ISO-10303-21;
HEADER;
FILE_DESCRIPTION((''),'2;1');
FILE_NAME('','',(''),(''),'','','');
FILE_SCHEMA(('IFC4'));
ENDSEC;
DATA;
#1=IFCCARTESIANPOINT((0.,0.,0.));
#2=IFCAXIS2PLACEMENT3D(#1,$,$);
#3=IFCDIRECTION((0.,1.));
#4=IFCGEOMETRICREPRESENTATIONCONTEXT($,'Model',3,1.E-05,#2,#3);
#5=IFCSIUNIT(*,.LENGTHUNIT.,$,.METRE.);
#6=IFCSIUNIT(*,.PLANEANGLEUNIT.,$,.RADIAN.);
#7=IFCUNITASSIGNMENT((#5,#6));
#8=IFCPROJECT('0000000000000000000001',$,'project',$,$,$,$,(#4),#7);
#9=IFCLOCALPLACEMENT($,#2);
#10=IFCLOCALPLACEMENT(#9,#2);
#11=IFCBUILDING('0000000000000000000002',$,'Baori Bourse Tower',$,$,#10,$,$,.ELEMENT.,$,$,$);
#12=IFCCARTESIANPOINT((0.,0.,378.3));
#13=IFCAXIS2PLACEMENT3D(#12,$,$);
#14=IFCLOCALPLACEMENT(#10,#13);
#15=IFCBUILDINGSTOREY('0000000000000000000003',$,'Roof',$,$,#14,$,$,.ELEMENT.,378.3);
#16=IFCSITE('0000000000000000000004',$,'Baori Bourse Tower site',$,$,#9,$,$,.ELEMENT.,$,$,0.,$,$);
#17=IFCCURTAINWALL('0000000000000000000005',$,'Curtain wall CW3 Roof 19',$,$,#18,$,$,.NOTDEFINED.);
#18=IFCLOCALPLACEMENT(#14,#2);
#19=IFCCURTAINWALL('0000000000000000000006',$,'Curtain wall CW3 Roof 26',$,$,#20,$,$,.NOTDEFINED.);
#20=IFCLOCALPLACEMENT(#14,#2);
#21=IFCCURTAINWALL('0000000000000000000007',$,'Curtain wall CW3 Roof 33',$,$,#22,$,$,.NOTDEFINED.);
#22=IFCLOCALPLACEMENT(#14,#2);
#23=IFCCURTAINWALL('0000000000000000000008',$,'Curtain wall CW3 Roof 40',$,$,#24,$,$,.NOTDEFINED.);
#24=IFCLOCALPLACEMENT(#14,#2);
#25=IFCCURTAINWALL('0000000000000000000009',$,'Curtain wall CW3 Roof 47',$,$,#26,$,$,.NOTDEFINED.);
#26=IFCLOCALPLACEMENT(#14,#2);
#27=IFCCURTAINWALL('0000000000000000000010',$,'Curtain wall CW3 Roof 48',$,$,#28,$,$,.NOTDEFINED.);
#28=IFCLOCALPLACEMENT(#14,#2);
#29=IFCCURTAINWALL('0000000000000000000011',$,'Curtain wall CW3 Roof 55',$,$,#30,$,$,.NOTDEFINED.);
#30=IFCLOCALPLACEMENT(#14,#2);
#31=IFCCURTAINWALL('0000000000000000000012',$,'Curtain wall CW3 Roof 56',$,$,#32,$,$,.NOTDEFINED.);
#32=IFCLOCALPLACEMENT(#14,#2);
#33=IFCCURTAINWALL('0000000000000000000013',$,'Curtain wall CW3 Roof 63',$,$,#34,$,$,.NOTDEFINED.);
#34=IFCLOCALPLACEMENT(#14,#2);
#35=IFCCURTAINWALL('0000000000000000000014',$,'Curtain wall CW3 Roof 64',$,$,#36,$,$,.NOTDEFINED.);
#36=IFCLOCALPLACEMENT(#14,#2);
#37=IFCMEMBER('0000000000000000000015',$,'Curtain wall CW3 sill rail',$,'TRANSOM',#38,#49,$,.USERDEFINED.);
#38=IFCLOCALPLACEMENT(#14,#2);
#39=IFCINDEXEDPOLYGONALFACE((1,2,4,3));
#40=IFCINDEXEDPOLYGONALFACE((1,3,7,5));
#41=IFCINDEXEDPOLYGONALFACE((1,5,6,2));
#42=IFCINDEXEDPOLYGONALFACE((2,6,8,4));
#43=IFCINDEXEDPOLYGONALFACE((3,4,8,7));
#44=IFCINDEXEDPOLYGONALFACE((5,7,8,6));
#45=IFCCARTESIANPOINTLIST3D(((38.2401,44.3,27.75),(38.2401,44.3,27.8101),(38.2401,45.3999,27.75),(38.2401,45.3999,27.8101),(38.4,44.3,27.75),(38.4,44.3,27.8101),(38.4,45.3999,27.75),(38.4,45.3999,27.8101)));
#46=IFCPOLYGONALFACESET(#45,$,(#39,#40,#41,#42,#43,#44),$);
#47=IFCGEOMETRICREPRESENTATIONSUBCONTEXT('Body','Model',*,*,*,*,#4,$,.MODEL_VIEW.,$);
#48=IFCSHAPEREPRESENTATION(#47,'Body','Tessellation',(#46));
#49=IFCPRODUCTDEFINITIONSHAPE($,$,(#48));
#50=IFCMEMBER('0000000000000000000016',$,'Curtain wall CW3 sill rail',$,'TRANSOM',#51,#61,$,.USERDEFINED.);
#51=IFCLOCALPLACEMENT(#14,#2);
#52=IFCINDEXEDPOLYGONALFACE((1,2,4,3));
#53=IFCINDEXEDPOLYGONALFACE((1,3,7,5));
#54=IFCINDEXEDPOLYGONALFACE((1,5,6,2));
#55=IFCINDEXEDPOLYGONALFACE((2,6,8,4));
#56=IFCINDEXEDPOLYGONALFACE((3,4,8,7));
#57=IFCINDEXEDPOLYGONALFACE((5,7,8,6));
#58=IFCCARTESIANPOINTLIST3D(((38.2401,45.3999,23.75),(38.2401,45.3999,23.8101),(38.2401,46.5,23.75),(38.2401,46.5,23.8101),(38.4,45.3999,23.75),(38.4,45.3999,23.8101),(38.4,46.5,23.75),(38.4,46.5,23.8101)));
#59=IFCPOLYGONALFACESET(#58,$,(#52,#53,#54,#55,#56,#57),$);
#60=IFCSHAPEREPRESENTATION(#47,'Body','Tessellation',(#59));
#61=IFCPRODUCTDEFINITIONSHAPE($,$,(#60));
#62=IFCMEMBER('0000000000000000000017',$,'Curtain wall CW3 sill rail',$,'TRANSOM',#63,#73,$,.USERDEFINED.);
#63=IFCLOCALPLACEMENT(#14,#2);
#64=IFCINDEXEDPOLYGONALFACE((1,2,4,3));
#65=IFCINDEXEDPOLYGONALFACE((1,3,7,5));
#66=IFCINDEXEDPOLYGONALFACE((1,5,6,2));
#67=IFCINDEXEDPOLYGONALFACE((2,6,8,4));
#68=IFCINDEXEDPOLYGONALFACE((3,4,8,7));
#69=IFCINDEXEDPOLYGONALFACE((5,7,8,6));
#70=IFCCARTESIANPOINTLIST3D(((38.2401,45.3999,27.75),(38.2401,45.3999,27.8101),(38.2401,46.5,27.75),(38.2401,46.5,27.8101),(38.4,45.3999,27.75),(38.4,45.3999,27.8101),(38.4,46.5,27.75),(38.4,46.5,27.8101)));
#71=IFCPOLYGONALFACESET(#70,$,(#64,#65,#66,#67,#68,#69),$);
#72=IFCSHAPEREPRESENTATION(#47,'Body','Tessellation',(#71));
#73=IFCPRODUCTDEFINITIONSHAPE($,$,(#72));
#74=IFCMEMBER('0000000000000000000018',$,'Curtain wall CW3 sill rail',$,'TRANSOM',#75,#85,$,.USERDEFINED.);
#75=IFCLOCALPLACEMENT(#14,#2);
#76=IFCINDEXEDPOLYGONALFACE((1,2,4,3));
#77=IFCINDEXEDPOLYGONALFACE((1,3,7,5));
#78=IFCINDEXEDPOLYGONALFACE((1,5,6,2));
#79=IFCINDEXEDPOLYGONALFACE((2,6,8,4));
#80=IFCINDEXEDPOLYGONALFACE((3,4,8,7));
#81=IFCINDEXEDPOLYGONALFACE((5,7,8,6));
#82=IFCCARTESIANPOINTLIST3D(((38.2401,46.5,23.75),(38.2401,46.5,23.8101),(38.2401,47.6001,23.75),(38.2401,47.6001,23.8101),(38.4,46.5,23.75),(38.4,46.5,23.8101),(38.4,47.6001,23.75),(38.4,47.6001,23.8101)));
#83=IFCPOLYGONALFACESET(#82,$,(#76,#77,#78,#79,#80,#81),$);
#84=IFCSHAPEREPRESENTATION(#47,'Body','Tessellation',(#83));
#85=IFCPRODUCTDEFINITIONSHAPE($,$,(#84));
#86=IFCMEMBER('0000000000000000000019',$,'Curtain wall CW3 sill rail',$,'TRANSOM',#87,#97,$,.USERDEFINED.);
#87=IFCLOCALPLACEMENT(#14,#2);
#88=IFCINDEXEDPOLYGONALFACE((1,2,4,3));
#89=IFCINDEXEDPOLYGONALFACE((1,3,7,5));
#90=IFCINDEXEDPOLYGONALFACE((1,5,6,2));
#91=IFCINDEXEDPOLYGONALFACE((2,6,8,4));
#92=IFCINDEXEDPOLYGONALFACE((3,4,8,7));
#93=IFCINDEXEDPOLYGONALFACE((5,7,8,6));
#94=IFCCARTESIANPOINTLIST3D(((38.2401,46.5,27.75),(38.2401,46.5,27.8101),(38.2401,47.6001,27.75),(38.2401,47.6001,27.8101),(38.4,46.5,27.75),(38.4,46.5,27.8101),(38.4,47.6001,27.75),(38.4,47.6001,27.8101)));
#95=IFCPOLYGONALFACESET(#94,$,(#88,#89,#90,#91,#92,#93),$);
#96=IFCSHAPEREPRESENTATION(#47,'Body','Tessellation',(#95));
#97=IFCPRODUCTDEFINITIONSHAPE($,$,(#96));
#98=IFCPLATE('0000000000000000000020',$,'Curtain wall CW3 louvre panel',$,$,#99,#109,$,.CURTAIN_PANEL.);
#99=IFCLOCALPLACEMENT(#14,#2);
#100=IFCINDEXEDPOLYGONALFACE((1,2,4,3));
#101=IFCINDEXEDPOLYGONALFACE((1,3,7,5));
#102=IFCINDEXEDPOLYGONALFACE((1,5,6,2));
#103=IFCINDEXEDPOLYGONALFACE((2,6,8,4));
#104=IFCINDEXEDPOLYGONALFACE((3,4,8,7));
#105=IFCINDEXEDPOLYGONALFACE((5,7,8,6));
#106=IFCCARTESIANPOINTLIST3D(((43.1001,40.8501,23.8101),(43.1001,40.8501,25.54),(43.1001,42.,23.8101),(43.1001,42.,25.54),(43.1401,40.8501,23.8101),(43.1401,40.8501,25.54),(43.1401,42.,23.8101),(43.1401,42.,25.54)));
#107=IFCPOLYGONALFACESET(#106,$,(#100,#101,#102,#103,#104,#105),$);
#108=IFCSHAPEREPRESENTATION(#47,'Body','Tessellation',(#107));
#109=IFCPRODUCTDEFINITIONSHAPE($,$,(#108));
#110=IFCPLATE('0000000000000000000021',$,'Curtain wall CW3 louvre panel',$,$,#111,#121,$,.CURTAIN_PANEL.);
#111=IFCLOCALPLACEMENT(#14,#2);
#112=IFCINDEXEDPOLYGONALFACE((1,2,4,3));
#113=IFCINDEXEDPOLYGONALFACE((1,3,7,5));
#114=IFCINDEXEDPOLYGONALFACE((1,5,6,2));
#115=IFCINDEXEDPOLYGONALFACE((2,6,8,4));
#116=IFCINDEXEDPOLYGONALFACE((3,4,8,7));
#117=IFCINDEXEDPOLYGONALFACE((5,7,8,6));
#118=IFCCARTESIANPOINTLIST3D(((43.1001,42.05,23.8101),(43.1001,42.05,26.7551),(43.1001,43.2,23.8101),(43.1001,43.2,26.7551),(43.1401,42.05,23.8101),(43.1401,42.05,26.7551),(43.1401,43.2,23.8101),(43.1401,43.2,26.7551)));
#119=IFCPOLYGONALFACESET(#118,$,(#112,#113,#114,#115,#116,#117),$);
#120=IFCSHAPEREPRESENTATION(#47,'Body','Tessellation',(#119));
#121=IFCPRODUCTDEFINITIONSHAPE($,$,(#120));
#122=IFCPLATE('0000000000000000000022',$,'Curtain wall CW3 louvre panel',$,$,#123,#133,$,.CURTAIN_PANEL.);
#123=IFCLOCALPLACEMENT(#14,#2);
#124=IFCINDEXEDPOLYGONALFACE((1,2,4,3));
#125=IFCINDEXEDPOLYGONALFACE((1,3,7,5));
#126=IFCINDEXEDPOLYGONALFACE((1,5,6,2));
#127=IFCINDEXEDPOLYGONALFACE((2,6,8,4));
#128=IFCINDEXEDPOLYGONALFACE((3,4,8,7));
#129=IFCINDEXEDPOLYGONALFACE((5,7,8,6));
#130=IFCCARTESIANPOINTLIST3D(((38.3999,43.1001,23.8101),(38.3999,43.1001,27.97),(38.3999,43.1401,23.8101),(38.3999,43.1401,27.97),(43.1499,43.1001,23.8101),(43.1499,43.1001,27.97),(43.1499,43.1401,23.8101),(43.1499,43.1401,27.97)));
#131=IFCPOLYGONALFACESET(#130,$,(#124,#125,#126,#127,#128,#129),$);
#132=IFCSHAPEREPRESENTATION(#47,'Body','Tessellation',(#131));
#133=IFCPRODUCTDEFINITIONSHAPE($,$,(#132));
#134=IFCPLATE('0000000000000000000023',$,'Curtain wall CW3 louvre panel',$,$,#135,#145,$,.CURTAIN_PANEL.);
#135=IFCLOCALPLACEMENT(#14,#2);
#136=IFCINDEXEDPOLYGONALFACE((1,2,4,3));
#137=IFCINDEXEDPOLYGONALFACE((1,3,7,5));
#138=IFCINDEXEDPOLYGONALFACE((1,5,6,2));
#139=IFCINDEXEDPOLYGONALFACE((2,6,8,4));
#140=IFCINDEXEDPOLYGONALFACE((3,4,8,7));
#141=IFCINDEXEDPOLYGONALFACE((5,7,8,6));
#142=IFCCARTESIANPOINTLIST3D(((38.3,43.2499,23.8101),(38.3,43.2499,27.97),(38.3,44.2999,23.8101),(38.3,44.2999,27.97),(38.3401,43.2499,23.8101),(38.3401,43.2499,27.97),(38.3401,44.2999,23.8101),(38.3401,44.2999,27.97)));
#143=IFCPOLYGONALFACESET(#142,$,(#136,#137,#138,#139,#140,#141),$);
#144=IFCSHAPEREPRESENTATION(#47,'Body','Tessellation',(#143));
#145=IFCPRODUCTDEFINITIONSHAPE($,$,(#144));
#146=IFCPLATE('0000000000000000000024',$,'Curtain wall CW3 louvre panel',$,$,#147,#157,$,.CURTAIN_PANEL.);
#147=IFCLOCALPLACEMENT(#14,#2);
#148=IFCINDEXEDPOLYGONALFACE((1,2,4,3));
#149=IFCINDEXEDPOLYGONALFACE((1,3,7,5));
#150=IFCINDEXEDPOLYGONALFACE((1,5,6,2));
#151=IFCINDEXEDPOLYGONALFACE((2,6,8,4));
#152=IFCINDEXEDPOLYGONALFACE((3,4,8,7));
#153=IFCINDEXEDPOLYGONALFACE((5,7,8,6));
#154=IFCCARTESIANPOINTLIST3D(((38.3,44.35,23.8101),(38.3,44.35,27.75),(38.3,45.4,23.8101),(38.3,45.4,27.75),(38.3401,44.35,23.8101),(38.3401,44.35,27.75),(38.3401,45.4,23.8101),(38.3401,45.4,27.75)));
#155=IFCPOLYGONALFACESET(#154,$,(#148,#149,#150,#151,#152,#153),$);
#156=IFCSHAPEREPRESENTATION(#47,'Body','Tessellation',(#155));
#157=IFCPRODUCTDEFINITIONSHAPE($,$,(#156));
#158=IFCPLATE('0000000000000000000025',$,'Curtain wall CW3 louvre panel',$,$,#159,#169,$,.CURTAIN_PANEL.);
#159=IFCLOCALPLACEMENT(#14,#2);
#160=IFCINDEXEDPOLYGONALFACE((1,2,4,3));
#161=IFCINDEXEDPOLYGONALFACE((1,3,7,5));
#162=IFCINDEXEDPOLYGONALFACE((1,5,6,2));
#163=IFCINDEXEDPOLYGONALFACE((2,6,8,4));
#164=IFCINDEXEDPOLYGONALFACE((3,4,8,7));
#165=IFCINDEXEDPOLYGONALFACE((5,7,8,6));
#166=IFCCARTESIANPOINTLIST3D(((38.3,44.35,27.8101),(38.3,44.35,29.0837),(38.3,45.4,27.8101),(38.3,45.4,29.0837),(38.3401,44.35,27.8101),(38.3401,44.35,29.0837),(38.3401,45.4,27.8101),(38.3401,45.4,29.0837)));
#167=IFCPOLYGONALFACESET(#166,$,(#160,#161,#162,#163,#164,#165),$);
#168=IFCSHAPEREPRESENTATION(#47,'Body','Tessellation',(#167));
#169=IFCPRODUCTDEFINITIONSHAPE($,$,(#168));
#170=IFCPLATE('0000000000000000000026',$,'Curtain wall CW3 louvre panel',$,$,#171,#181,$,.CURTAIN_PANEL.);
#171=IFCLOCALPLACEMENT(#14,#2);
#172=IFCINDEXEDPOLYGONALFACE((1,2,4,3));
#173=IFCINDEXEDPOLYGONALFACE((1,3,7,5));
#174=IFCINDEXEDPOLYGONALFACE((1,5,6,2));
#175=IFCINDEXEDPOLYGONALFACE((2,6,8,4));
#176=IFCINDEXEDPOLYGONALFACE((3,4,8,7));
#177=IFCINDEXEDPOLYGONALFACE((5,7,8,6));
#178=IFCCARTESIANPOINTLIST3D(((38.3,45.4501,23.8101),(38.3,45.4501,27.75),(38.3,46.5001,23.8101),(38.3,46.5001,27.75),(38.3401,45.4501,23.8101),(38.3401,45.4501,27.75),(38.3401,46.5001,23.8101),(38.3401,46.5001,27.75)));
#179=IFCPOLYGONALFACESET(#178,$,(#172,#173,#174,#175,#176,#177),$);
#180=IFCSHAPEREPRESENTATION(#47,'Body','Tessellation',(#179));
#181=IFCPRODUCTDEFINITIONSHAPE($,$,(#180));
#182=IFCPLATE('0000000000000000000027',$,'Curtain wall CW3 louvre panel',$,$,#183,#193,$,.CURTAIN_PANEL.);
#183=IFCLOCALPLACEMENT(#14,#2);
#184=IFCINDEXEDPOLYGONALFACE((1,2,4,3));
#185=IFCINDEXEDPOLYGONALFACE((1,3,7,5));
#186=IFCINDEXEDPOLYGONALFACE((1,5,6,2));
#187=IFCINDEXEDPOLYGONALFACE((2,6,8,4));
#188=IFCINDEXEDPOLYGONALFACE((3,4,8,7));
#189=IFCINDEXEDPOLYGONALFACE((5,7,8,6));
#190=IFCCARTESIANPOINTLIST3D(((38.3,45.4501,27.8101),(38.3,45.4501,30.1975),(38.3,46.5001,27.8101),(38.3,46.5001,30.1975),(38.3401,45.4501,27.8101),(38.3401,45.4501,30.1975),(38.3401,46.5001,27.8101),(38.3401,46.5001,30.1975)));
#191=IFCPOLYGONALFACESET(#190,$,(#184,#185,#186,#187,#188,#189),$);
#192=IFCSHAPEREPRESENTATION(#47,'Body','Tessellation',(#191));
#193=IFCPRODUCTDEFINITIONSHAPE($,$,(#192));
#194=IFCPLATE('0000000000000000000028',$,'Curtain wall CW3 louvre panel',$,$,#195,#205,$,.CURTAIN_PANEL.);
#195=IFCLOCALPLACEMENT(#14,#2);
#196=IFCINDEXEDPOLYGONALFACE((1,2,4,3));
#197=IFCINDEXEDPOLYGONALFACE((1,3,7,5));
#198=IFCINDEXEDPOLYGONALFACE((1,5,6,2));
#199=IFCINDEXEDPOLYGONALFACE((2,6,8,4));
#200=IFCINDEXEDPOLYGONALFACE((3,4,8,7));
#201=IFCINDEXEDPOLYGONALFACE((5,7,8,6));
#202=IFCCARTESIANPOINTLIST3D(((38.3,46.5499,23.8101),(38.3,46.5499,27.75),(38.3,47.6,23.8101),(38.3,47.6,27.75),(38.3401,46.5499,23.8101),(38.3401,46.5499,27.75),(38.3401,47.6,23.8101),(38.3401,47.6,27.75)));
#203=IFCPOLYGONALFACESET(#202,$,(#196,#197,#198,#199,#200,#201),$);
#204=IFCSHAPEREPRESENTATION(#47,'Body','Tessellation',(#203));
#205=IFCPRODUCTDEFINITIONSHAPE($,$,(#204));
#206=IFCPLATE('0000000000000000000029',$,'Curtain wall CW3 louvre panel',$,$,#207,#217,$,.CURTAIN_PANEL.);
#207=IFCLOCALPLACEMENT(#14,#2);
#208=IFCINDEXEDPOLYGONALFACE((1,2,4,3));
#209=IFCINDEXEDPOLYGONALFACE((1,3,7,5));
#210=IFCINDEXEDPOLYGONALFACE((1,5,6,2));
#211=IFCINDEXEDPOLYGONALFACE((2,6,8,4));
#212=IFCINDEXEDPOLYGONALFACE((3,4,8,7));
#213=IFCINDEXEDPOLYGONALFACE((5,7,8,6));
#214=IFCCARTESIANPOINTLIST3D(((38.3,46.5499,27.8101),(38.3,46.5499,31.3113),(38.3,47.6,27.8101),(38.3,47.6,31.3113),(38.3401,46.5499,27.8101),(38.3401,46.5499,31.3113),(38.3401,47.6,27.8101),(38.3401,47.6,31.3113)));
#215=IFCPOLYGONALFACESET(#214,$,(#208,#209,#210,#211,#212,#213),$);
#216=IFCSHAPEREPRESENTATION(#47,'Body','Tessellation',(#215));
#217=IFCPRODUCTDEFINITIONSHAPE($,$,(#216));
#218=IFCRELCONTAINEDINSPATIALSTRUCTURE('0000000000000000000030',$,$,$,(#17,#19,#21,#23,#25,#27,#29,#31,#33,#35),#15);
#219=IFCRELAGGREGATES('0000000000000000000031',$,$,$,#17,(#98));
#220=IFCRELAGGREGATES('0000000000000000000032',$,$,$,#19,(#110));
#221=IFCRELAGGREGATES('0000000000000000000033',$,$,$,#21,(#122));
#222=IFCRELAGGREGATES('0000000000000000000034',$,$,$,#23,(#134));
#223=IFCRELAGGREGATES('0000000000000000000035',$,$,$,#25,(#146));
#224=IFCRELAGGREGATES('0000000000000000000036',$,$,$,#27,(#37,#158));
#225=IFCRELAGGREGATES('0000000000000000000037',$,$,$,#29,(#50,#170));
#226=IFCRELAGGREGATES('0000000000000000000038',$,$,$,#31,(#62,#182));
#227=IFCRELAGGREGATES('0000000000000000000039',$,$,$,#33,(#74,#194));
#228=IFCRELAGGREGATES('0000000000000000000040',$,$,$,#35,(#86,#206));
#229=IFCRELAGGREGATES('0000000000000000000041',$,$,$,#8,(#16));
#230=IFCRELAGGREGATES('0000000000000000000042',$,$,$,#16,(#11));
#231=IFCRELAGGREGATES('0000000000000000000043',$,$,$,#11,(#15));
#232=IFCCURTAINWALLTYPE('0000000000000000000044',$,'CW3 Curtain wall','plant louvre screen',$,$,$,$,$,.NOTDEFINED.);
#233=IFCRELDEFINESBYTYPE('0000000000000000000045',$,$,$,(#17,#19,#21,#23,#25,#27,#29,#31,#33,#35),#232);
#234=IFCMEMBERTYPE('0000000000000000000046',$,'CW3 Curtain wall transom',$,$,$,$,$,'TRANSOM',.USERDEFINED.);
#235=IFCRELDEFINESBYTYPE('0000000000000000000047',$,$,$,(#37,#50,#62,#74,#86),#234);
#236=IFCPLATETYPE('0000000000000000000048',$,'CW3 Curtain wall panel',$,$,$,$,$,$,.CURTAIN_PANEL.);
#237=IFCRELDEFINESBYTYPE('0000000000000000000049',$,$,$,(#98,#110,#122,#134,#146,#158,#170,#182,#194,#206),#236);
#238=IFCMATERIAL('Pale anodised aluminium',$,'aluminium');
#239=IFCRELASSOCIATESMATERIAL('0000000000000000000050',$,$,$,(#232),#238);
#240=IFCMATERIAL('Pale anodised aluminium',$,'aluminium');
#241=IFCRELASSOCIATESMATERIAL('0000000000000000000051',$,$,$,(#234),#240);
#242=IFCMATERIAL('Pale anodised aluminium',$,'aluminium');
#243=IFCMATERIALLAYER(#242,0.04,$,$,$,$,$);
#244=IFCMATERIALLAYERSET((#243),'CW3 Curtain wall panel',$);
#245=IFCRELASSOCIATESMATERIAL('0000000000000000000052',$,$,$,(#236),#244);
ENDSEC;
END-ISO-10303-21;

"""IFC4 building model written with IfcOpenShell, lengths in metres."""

from ifc_helpers import new_model, si_unit, direction, frame, origin, origin_2d, place, context, subcontext, project, spatial, rectangle, extrude, material, layer, layer_set, material_profile, profile_set, type_object, element, aggregate, save


model = new_model("IFC4")

# Units and contexts
model_context = context("Model", 3, precision=1e-05, world=origin(), true_north=direction((0.0, 1.0)))
body_context = subcontext(model_context, "Body", "Model", "MODEL_VIEW")
ifc_project = project(units=[si_unit("LENGTHUNIT", "METRE"), si_unit("PLANEANGLEUNIT", "RADIAN")], contexts=[model_context])

# Site, building, storey
site_placement = place(None, origin())
site = spatial("IfcSite", under=ifc_project, at=site_placement, Name="Baori Bourse Tower site", CompositionType="ELEMENT", RefElevation=0.0)
building_placement = place(site_placement, origin())
building = spatial("IfcBuilding", under=site, at=building_placement, Name="Baori Bourse Tower", CompositionType="ELEMENT")
storey_placement = place(building_placement, frame((0.0, 0.0, 378.3)))
storey = spatial("IfcBuildingStorey", under=building, at=storey_placement, Name="Roof", CompositionType="ELEMENT", Elevation=378.3)

# Curtain walls
ifc_material_1 = material(Name="Pale anodised aluminium", Category="aluminium")
curtain_wall_type = type_object("IfcCurtainWallType", Name="CW3 Curtain wall", Description="plant louvre screen", PredefinedType="NOTDEFINED", material=ifc_material_1)
curtain_wall_1_placement = place(storey_placement, origin())
curtain_wall_1 = element("IfcCurtainWall", 1, at=curtain_wall_1_placement, inside=storey, type_object=curtain_wall_type, Name="Curtain wall CW3 Roof 19", PredefinedType="NOTDEFINED")
curtain_wall_2_placement = place(storey_placement, origin())
curtain_wall_2 = element("IfcCurtainWall", 2, at=curtain_wall_2_placement, inside=storey, type_object=curtain_wall_type, Name="Curtain wall CW3 Roof 26", PredefinedType="NOTDEFINED")
curtain_wall_3_placement = place(storey_placement, origin())
curtain_wall_3 = element("IfcCurtainWall", 3, at=curtain_wall_3_placement, inside=storey, type_object=curtain_wall_type, Name="Curtain wall CW3 Roof 33", PredefinedType="NOTDEFINED")
curtain_wall_4_placement = place(storey_placement, origin())
curtain_wall_4 = element("IfcCurtainWall", 4, at=curtain_wall_4_placement, inside=storey, type_object=curtain_wall_type, Name="Curtain wall CW3 Roof 40", PredefinedType="NOTDEFINED")
curtain_wall_5_placement = place(storey_placement, origin())
curtain_wall_5 = element("IfcCurtainWall", 5, at=curtain_wall_5_placement, inside=storey, type_object=curtain_wall_type, Name="Curtain wall CW3 Roof 47", PredefinedType="NOTDEFINED")
curtain_wall_6_placement = place(storey_placement, origin())
curtain_wall_6 = element("IfcCurtainWall", 6, at=curtain_wall_6_placement, inside=storey, type_object=curtain_wall_type, Name="Curtain wall CW3 Roof 48", PredefinedType="NOTDEFINED")
curtain_wall_7_placement = place(storey_placement, origin())
curtain_wall_7 = element("IfcCurtainWall", 7, at=curtain_wall_7_placement, inside=storey, type_object=curtain_wall_type, Name="Curtain wall CW3 Roof 55", PredefinedType="NOTDEFINED")
curtain_wall_8_placement = place(storey_placement, origin())
curtain_wall_8 = element("IfcCurtainWall", 8, at=curtain_wall_8_placement, inside=storey, type_object=curtain_wall_type, Name="Curtain wall CW3 Roof 56", PredefinedType="NOTDEFINED")
curtain_wall_9_placement = place(storey_placement, origin())
curtain_wall_9 = element("IfcCurtainWall", 9, at=curtain_wall_9_placement, inside=storey, type_object=curtain_wall_type, Name="Curtain wall CW3 Roof 63", PredefinedType="NOTDEFINED")
curtain_wall_10_placement = place(storey_placement, origin())
curtain_wall_10 = element("IfcCurtainWall", 10, at=curtain_wall_10_placement, inside=storey, type_object=curtain_wall_type, Name="Curtain wall CW3 Roof 64", PredefinedType="NOTDEFINED")

# Members
ifc_material_2 = material(Name="Pale anodised aluminium", Category="aluminium")
ifc_material_profile_1 = material_profile(ifc_material_2, rectangle(XDim=0.1599, YDim=0.0601, at=origin_2d()), Name="Transom 60x160")
ifc_profile_set_1 = profile_set([ifc_material_profile_1], Name="Pale anodised aluminium")
member_type_1 = type_object("IfcMemberType", Name="CW3 Curtain wall transom", ElementType="TRANSOM", PredefinedType="USERDEFINED", material=ifc_profile_set_1)
member_1_placement = place(storey_placement, frame((38.3201, 44.3, 27.78), z_axis=(0.0, 1.0, 0.0), x_axis=(-1.0, 0.0, 0.0)))
member_1 = element("IfcMember", 11, at=member_1_placement, type_object=member_type_1, Name="Curtain wall CW3 sill rail", ObjectType="TRANSOM", PredefinedType="USERDEFINED", context=body_context, shape_type="SweptSolid", body=[
    extrude(rectangle(XDim=0.1599, YDim=0.0601, at=origin_2d()), origin(), (0.0, 0.0, 1.0), 1.0999),
])
member_2_placement = place(storey_placement, frame((38.3201, 45.3999, 23.78), z_axis=(0.0, 1.0, 0.0), x_axis=(-1.0, 0.0, 0.0)))
member_2 = element("IfcMember", 12, at=member_2_placement, type_object=member_type_1, Name="Curtain wall CW3 sill rail", ObjectType="TRANSOM", PredefinedType="USERDEFINED", context=body_context, shape_type="SweptSolid", body=[
    extrude(rectangle(XDim=0.1599, YDim=0.0601, at=origin_2d()), origin(), (0.0, 0.0, 1.0), 1.1001),
])
member_3_placement = place(storey_placement, frame((38.3201, 45.3999, 27.78), z_axis=(0.0, 1.0, 0.0), x_axis=(-1.0, 0.0, 0.0)))
member_3 = element("IfcMember", 13, at=member_3_placement, type_object=member_type_1, Name="Curtain wall CW3 sill rail", ObjectType="TRANSOM", PredefinedType="USERDEFINED", context=body_context, shape_type="SweptSolid", body=[
    extrude(rectangle(XDim=0.1599, YDim=0.0601, at=origin_2d()), origin(), (0.0, 0.0, 1.0), 1.1001),
])
member_4_placement = place(storey_placement, frame((38.3201, 46.5, 23.78), z_axis=(0.0, 1.0, 0.0), x_axis=(-1.0, 0.0, 0.0)))
member_4 = element("IfcMember", 14, at=member_4_placement, type_object=member_type_1, Name="Curtain wall CW3 sill rail", ObjectType="TRANSOM", PredefinedType="USERDEFINED", context=body_context, shape_type="SweptSolid", body=[
    extrude(rectangle(XDim=0.1599, YDim=0.0601, at=origin_2d()), origin(), (0.0, 0.0, 1.0), 1.1001),
])
member_5_placement = place(storey_placement, frame((38.3201, 46.5, 27.78), z_axis=(0.0, 1.0, 0.0), x_axis=(-1.0, 0.0, 0.0)))
member_5 = element("IfcMember", 15, at=member_5_placement, type_object=member_type_1, Name="Curtain wall CW3 sill rail", ObjectType="TRANSOM", PredefinedType="USERDEFINED", context=body_context, shape_type="SweptSolid", body=[
    extrude(rectangle(XDim=0.1599, YDim=0.0601, at=origin_2d()), origin(), (0.0, 0.0, 1.0), 1.1001),
])

# Plates
ifc_material_3 = material(Name="Pale anodised aluminium", Category="aluminium")
ifc_layer_1 = layer(ifc_material_3, 0.04)
ifc_layer_set_1 = layer_set([ifc_layer_1], Name="CW3 Curtain wall panel")
plate_type = type_object("IfcPlateType", Name="CW3 Curtain wall panel", PredefinedType="CURTAIN_PANEL", material=ifc_layer_set_1)
plate_1_placement = place(storey_placement, frame((43.1201, 41.425, 23.8101), z_axis=(0.0, 0.0, 1.0), x_axis=(0.0, 1.0, 0.0)))
plate_1 = element("IfcPlate", 16, at=plate_1_placement, type_object=plate_type, Name="Curtain wall CW3 louvre panel", PredefinedType="CURTAIN_PANEL", context=body_context, shape_type="SweptSolid", body=[
    extrude(rectangle(XDim=1.1499, YDim=0.04, at=origin_2d()), origin(), (0.0, 0.0, 1.0), 1.73),
])
aggregate(curtain_wall_1, [plate_1])
plate_2_placement = place(storey_placement, frame((43.1201, 42.625, 23.8101), z_axis=(0.0, 0.0, 1.0), x_axis=(0.0, 1.0, 0.0)))
plate_2 = element("IfcPlate", 17, at=plate_2_placement, type_object=plate_type, Name="Curtain wall CW3 louvre panel", PredefinedType="CURTAIN_PANEL", context=body_context, shape_type="SweptSolid", body=[
    extrude(rectangle(XDim=1.1499, YDim=0.04, at=origin_2d()), origin(), (0.0, 0.0, 1.0), 2.9451),
])
aggregate(curtain_wall_2, [plate_2])
plate_3_placement = place(storey_placement, frame((40.7749, 43.1201, 23.8101), z_axis=(0.0, 0.0, 1.0), x_axis=(-1.0, 0.0, 0.0)))
plate_3 = element("IfcPlate", 18, at=plate_3_placement, type_object=plate_type, Name="Curtain wall CW3 louvre panel", PredefinedType="CURTAIN_PANEL", context=body_context, shape_type="SweptSolid", body=[
    extrude(rectangle(XDim=4.75, YDim=0.04, at=origin_2d()), origin(), (0.0, 0.0, 1.0), 4.1599),
])
aggregate(curtain_wall_3, [plate_3])
plate_4_placement = place(storey_placement, frame((38.3201, 43.7749, 23.8101), z_axis=(0.0, 0.0, 1.0), x_axis=(0.0, 1.0, 0.0)))
plate_4 = element("IfcPlate", 19, at=plate_4_placement, type_object=plate_type, Name="Curtain wall CW3 louvre panel", PredefinedType="CURTAIN_PANEL", context=body_context, shape_type="SweptSolid", body=[
    extrude(rectangle(XDim=1.05, YDim=0.04, at=origin_2d()), origin(), (0.0, 0.0, 1.0), 4.1599),
])
aggregate(curtain_wall_4, [plate_4])
plate_5_placement = place(storey_placement, frame((38.3201, 44.875, 23.8101), z_axis=(0.0, 0.0, 1.0), x_axis=(0.0, 1.0, 0.0)))
plate_5 = element("IfcPlate", 20, at=plate_5_placement, type_object=plate_type, Name="Curtain wall CW3 louvre panel", PredefinedType="CURTAIN_PANEL", context=body_context, shape_type="SweptSolid", body=[
    extrude(rectangle(XDim=1.05, YDim=0.04, at=origin_2d()), origin(), (0.0, 0.0, 1.0), 3.9399),
])
aggregate(curtain_wall_5, [plate_5])
plate_6_placement = place(storey_placement, frame((38.3201, 44.875, 27.8101), z_axis=(0.0, 0.0, 1.0), x_axis=(0.0, 1.0, 0.0)))
plate_6 = element("IfcPlate", 21, at=plate_6_placement, type_object=plate_type, Name="Curtain wall CW3 louvre panel", PredefinedType="CURTAIN_PANEL", context=body_context, shape_type="SweptSolid", body=[
    extrude(rectangle(XDim=1.05, YDim=0.04, at=origin_2d()), origin(), (0.0, 0.0, 1.0), 1.2737),
])
aggregate(curtain_wall_6, [member_1, plate_6])
plate_7_placement = place(storey_placement, frame((38.3201, 45.9751, 23.8101), z_axis=(0.0, 0.0, 1.0), x_axis=(0.0, 1.0, 0.0)))
plate_7 = element("IfcPlate", 22, at=plate_7_placement, type_object=plate_type, Name="Curtain wall CW3 louvre panel", PredefinedType="CURTAIN_PANEL", context=body_context, shape_type="SweptSolid", body=[
    extrude(rectangle(XDim=1.05, YDim=0.04, at=origin_2d()), origin(), (0.0, 0.0, 1.0), 3.9399),
])
aggregate(curtain_wall_7, [member_2, plate_7])
plate_8_placement = place(storey_placement, frame((38.3201, 45.9751, 27.8101), z_axis=(0.0, 0.0, 1.0), x_axis=(0.0, 1.0, 0.0)))
plate_8 = element("IfcPlate", 23, at=plate_8_placement, type_object=plate_type, Name="Curtain wall CW3 louvre panel", PredefinedType="CURTAIN_PANEL", context=body_context, shape_type="SweptSolid", body=[
    extrude(rectangle(XDim=1.05, YDim=0.04, at=origin_2d()), origin(), (0.0, 0.0, 1.0), 2.3875),
])
aggregate(curtain_wall_8, [member_3, plate_8])
plate_9_placement = place(storey_placement, frame((38.3201, 47.075, 23.8101), z_axis=(0.0, 0.0, 1.0), x_axis=(0.0, 1.0, 0.0)))
plate_9 = element("IfcPlate", 24, at=plate_9_placement, type_object=plate_type, Name="Curtain wall CW3 louvre panel", PredefinedType="CURTAIN_PANEL", context=body_context, shape_type="SweptSolid", body=[
    extrude(rectangle(XDim=1.05, YDim=0.04, at=origin_2d()), origin(), (0.0, 0.0, 1.0), 3.9399),
])
aggregate(curtain_wall_9, [member_4, plate_9])
plate_10_placement = place(storey_placement, frame((38.3201, 47.075, 27.8101), z_axis=(0.0, 0.0, 1.0), x_axis=(0.0, 1.0, 0.0)))
plate_10 = element("IfcPlate", 25, at=plate_10_placement, type_object=plate_type, Name="Curtain wall CW3 louvre panel", PredefinedType="CURTAIN_PANEL", context=body_context, shape_type="SweptSolid", body=[
    extrude(rectangle(XDim=1.05, YDim=0.04, at=origin_2d()), origin(), (0.0, 0.0, 1.0), 3.5012),
])
aggregate(curtain_wall_10, [member_5, plate_10])

save(model, "model.ifc")
